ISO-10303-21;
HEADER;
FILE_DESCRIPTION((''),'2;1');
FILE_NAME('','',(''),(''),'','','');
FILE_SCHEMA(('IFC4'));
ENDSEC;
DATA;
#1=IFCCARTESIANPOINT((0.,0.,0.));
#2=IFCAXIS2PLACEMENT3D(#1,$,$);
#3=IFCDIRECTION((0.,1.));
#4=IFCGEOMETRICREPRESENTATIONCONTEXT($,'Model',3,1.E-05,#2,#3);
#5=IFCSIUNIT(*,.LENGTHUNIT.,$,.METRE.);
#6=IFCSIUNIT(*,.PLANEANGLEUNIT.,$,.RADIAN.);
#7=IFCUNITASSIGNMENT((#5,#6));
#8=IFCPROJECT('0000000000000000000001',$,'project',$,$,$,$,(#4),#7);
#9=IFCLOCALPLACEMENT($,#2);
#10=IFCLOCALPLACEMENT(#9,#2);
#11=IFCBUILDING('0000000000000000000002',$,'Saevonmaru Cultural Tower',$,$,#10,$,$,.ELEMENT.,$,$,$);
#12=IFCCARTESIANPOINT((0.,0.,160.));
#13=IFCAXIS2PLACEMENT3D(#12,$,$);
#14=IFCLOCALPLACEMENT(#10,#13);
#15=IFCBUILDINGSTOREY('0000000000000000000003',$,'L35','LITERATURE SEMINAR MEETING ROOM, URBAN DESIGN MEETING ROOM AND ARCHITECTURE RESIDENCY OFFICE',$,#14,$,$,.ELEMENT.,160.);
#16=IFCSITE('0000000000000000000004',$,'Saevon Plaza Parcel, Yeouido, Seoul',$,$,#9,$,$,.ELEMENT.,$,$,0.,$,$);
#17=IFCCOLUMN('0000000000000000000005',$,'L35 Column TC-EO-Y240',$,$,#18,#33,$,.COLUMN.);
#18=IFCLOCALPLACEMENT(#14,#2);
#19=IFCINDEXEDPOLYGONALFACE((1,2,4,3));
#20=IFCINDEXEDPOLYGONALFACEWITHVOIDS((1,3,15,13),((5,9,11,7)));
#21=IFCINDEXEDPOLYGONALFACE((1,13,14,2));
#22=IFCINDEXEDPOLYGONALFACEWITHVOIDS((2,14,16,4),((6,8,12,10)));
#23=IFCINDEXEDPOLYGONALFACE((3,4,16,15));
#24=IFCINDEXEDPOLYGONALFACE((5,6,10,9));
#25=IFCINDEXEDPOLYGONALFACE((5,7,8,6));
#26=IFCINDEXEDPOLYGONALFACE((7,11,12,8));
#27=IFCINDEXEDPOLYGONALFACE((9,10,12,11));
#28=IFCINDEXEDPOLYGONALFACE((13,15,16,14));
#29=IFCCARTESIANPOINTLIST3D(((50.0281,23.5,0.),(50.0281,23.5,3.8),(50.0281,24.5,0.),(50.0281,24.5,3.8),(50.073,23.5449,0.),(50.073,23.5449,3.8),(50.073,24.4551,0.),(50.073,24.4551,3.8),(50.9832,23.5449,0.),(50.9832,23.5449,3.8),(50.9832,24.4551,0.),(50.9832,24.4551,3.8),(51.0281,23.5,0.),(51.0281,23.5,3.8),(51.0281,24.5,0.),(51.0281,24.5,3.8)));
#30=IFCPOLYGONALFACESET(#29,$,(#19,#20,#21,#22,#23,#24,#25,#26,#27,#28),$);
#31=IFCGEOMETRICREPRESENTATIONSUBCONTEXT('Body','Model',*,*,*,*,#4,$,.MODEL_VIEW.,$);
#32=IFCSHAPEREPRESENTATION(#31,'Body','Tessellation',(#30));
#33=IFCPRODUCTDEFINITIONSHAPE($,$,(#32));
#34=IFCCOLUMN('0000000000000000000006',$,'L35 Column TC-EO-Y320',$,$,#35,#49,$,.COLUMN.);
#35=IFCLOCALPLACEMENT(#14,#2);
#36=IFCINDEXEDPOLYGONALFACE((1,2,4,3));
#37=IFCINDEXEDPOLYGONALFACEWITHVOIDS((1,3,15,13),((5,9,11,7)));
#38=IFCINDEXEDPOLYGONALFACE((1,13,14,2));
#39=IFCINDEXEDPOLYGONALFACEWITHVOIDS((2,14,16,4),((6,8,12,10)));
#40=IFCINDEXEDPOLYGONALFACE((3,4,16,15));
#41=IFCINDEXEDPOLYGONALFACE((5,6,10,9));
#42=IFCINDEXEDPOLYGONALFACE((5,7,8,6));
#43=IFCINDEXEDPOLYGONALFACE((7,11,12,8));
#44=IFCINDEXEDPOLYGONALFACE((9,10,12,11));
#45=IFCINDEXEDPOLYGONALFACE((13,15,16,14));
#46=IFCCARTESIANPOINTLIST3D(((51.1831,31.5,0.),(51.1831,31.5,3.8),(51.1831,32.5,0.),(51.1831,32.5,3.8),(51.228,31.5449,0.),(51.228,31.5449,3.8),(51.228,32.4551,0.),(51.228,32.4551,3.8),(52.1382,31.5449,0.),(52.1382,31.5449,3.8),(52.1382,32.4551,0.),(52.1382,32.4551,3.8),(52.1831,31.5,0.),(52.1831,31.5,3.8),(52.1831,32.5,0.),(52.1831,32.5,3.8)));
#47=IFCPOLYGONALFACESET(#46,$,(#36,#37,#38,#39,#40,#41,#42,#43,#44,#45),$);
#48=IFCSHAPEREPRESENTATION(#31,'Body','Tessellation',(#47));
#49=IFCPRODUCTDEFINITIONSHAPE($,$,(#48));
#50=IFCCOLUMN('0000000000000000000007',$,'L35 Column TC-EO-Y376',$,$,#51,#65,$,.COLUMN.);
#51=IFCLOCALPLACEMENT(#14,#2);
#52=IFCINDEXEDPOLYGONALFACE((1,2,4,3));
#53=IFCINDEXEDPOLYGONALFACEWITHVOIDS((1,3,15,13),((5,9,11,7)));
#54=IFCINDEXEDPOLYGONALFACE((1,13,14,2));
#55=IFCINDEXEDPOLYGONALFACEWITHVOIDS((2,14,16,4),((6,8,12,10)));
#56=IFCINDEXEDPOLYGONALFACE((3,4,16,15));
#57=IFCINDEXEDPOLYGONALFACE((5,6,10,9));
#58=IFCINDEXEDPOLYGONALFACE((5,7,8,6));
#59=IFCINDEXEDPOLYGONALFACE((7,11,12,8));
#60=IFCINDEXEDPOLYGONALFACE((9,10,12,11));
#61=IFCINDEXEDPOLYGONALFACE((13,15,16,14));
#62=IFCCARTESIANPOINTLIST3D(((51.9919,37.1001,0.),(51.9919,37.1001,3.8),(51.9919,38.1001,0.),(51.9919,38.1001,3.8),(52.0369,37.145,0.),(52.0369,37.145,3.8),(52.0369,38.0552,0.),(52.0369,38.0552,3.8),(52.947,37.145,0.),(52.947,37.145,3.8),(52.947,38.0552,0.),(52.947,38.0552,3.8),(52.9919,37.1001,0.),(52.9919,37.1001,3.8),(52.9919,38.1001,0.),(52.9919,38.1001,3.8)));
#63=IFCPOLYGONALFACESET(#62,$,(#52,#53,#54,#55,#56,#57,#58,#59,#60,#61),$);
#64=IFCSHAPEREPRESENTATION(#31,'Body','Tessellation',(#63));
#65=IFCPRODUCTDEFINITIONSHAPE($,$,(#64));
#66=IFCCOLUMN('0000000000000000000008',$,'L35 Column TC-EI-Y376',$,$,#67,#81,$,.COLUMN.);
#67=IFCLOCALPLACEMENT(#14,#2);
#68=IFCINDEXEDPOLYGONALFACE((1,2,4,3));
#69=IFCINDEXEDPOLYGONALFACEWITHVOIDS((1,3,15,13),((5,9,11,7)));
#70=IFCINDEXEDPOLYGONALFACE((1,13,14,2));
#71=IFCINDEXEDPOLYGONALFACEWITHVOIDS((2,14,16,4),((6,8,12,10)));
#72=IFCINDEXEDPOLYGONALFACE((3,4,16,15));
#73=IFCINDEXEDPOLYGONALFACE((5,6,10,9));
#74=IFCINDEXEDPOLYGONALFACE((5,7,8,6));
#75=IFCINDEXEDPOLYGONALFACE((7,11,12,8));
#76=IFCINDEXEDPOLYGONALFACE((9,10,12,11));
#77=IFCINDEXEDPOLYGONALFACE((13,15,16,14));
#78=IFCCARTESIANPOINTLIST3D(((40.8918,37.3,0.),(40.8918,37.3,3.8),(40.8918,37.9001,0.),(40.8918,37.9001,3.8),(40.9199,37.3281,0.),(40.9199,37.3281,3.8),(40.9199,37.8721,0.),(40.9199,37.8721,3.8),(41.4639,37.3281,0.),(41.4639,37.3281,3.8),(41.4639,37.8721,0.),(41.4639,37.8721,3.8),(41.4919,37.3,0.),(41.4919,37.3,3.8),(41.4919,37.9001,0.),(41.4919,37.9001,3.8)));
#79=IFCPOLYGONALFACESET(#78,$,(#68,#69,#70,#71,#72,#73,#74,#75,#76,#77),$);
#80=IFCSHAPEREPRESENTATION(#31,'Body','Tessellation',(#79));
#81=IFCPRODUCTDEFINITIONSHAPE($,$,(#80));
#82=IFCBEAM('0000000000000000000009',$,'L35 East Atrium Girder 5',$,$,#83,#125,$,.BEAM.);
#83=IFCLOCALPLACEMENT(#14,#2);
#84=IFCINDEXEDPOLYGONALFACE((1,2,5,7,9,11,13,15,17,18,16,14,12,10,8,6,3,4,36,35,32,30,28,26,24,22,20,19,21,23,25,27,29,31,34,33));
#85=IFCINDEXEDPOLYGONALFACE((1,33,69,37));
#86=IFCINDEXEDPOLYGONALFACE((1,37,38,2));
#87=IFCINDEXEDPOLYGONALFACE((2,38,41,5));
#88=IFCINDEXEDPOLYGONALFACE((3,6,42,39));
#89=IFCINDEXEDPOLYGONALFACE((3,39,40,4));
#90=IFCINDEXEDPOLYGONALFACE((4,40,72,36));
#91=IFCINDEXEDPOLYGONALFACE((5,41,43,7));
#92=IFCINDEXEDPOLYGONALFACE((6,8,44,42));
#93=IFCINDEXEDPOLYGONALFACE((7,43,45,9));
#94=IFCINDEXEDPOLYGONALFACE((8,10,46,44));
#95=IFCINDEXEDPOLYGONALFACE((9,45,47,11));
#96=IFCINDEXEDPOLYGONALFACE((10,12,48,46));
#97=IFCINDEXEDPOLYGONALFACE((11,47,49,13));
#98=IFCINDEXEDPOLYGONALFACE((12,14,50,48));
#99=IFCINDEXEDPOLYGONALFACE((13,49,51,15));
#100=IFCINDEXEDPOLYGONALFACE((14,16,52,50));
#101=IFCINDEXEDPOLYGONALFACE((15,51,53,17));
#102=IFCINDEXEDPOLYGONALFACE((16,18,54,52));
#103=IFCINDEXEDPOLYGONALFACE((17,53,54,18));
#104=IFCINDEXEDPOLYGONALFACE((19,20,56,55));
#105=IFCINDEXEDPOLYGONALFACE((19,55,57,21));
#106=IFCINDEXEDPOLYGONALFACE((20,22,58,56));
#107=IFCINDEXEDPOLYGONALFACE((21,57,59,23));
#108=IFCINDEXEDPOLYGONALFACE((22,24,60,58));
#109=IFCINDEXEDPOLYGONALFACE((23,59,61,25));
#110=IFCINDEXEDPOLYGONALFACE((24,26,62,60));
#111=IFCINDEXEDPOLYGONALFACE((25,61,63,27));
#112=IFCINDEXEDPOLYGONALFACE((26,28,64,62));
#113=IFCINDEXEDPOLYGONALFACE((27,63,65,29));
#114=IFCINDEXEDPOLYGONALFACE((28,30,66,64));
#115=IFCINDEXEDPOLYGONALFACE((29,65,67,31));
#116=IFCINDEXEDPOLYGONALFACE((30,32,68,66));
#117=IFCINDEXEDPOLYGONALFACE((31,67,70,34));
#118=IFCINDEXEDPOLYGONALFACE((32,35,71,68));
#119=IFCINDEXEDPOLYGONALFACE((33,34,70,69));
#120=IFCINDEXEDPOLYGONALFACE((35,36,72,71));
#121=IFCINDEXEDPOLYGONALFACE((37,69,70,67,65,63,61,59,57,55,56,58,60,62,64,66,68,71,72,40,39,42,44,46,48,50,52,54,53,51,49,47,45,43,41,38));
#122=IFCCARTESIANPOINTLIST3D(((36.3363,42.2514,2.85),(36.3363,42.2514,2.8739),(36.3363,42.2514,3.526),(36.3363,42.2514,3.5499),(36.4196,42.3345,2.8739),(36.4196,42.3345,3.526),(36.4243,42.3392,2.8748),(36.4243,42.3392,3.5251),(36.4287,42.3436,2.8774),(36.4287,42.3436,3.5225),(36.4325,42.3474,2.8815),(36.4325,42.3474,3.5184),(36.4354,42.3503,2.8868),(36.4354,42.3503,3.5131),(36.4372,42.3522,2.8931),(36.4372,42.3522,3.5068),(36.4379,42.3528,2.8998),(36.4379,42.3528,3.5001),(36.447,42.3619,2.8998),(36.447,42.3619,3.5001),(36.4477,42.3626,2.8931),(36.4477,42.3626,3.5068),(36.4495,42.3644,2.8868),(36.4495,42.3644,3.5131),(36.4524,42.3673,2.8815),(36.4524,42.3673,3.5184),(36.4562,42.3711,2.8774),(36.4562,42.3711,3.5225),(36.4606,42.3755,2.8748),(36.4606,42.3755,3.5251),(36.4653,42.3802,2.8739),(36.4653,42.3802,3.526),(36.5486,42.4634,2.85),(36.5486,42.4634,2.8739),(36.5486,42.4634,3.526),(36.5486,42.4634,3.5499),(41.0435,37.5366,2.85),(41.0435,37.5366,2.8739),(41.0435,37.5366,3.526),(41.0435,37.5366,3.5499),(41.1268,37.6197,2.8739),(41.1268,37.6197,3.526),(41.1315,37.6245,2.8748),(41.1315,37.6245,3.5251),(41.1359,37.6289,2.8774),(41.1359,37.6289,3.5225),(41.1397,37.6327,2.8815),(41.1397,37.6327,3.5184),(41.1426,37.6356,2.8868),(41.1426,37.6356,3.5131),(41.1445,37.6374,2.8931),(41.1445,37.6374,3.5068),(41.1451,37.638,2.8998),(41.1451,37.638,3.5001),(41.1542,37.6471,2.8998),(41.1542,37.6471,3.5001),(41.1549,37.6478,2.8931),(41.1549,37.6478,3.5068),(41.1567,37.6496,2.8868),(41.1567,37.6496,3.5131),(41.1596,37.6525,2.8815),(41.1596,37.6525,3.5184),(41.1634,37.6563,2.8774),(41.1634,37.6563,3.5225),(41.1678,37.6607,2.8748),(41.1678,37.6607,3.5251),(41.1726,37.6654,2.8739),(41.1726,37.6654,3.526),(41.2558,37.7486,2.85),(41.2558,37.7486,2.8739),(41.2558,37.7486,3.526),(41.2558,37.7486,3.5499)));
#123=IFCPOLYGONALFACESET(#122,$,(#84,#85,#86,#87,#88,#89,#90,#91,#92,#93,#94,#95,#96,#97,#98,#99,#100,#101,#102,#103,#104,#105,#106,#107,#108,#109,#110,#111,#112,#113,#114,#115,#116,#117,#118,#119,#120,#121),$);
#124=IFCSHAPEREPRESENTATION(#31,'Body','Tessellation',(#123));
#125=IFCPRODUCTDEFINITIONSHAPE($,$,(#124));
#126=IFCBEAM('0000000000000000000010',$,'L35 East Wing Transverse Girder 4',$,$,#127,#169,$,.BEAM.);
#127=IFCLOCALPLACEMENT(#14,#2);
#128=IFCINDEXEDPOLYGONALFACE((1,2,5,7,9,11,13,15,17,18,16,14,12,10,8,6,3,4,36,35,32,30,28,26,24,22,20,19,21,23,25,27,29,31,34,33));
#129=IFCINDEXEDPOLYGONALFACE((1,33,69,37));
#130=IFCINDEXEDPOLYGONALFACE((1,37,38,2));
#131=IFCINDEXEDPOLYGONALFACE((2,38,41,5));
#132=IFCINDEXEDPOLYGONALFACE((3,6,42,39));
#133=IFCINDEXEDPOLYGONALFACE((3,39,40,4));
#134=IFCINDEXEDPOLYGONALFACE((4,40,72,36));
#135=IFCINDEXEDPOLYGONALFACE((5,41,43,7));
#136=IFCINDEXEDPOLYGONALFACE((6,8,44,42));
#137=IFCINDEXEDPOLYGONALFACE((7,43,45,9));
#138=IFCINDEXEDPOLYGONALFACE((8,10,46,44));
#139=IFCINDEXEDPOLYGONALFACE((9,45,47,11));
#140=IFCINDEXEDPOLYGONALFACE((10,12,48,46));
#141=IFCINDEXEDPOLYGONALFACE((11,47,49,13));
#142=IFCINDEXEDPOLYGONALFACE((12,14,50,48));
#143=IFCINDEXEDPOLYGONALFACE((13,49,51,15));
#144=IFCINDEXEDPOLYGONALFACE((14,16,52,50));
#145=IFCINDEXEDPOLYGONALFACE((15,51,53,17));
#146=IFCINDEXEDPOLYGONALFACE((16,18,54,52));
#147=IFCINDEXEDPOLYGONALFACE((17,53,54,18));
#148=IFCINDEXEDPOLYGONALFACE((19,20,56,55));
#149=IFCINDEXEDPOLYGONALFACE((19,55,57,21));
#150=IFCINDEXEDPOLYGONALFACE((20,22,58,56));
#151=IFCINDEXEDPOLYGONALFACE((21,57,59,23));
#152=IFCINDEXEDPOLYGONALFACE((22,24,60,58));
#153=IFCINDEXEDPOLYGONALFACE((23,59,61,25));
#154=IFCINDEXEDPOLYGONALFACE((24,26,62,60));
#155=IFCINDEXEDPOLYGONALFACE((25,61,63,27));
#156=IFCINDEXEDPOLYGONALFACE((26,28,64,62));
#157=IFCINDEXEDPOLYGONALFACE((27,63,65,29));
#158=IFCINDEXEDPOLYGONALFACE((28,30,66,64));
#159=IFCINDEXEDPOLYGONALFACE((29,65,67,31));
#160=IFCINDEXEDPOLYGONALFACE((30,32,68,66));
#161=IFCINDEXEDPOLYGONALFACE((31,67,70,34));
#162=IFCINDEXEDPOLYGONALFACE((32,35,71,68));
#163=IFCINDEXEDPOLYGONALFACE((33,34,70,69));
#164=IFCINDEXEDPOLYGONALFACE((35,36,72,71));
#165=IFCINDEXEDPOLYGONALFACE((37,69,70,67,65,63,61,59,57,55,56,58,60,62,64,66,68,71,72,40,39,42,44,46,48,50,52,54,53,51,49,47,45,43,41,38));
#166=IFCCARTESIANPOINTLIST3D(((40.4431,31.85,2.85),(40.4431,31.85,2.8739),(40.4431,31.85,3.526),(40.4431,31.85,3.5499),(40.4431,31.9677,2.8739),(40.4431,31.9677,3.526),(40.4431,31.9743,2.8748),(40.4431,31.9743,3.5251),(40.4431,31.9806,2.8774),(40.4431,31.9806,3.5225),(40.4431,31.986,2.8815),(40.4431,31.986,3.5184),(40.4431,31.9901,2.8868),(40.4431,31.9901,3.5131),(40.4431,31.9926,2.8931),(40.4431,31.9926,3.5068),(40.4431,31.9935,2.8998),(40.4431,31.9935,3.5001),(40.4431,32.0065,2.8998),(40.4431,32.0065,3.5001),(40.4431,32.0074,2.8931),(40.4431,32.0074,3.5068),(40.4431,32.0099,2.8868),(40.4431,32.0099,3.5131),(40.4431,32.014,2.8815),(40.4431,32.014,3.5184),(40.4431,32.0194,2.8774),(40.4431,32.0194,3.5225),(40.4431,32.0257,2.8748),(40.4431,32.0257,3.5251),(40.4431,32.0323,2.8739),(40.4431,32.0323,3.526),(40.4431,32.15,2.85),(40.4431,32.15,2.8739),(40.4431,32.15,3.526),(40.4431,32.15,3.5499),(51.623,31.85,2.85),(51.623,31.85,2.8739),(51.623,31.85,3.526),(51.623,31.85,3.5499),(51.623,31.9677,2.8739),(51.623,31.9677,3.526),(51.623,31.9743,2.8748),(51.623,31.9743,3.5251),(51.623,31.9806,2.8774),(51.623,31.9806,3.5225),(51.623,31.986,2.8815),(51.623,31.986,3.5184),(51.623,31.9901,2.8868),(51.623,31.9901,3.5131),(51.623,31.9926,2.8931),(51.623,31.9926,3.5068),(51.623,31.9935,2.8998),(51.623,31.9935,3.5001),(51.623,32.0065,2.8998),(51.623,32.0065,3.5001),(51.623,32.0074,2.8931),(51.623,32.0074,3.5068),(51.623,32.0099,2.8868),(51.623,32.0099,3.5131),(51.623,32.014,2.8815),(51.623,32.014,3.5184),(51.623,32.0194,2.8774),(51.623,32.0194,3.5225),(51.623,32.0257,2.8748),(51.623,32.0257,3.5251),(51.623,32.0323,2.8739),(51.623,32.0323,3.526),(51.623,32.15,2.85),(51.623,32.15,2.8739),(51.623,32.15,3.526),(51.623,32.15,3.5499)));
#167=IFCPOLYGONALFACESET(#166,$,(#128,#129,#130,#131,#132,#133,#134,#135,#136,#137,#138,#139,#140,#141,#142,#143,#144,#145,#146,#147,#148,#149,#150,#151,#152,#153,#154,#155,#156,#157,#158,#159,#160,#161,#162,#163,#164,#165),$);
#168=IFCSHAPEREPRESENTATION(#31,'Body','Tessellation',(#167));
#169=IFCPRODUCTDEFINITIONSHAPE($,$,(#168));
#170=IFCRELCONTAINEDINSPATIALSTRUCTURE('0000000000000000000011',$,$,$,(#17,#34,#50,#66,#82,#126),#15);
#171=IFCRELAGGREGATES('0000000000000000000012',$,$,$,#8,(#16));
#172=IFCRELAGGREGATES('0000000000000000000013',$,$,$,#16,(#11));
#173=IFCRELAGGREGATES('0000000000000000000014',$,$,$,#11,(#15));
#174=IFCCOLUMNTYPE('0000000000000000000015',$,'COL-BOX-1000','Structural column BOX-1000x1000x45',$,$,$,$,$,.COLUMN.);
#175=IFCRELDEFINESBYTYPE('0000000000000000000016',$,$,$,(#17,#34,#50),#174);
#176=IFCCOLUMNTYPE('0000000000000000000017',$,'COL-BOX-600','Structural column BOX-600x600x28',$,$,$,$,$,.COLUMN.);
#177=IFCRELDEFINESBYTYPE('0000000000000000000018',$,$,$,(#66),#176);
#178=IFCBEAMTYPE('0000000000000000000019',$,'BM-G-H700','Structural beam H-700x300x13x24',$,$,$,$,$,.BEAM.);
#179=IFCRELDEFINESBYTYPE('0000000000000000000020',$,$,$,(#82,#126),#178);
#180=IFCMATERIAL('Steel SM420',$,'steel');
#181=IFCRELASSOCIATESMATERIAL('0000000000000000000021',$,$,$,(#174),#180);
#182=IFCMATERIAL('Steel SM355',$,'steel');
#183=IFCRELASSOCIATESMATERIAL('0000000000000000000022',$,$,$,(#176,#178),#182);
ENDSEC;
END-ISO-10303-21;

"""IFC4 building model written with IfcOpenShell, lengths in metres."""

from ifc_helpers import new_model, si_unit, direction, frame, origin, origin_2d, place, context, subcontext, project, spatial, hollow_rectangle, i_section, extrude, material, material_profile, profile_set, type_object, element, save


model = new_model("IFC4")

# Units and contexts
model_context = context("Model", 3, precision=1e-05, world=origin(), true_north=direction((0.0, 1.0)))
body_context = subcontext(model_context, "Body", "Model", "MODEL_VIEW")
ifc_project = project(units=[si_unit("LENGTHUNIT", "METRE"), si_unit("PLANEANGLEUNIT", "RADIAN")], contexts=[model_context])

# Site, building, storey
site_placement = place(None, origin())
site = spatial("IfcSite", under=ifc_project, at=site_placement, Name="Saevon Plaza Parcel, Yeouido, Seoul", CompositionType="ELEMENT", RefElevation=0.0)
building_placement = place(site_placement, origin())
building = spatial("IfcBuilding", under=site, at=building_placement, Name="Saevonmaru Cultural Tower", CompositionType="ELEMENT")
storey_placement = place(building_placement, frame((0.0, 0.0, 160.0)))
storey = spatial("IfcBuildingStorey", under=building, at=storey_placement, Name="L35", Description="LITERATURE SEMINAR MEETING ROOM, URBAN DESIGN MEETING ROOM AND ARCHITECTURE RESIDENCY OFFICE", CompositionType="ELEMENT", Elevation=160.0)

# Columns
ifc_material_1 = material(Name="Steel SM420", Category="steel")
ifc_material_profile_1 = material_profile(ifc_material_1, hollow_rectangle(XDim=1.0, YDim=1.0, WallThickness=0.0449, at=origin_2d()), Name="BOX-1000x1000x45")
ifc_profile_set_1 = profile_set([ifc_material_profile_1], Name="Steel SM420")
column_type_1 = type_object("IfcColumnType", Name="COL-BOX-1000", Description="Structural column BOX-1000x1000x45", PredefinedType="COLUMN", material=ifc_profile_set_1)
for number, where, z_axis, x_axis, name in (
    (1, (50.5281, 24.0, 0.0), (0.0, 0.0, 1.0), (1.0, 0.0, 0.0), "L35 Column TC-EO-Y240"),
    (2, (51.6831, 32.0, 0.0), (0.0, 0.0, 1.0), (1.0, 0.0, 0.0), "L35 Column TC-EO-Y320"),
    (3, (52.4919, 37.6001, 0.0), (0.0, 0.0, 1.0), (1.0, 0.0, 0.0), "L35 Column TC-EO-Y376"),
):
    element("IfcColumn", number, at=place(storey_placement, frame(where, z_axis=z_axis, x_axis=x_axis)), inside=storey, type_object=column_type_1, Name=name, PredefinedType="COLUMN", context=body_context, shape_type="SweptSolid", body=[
        extrude(hollow_rectangle(XDim=1.0, YDim=1.0, WallThickness=0.0449, at=origin_2d()), origin(), (0.0, 0.0, 1.0), 3.8),
    ])
ifc_material_2 = material(Name="Steel SM355", Category="steel")
ifc_material_profile_2 = material_profile(ifc_material_2, hollow_rectangle(XDim=0.6001, YDim=0.6001, WallThickness=0.0281, at=origin_2d()), Name="BOX-600x600x28")
ifc_profile_set_2 = profile_set([ifc_material_profile_2], Name="Steel SM355")
column_type_2 = type_object("IfcColumnType", Name="COL-BOX-600", Description="Structural column BOX-600x600x28", PredefinedType="COLUMN", material=ifc_profile_set_2)
column_placement = place(storey_placement, frame((41.1919, 37.6001, 0.0), z_axis=(0.0, 0.0, 1.0), x_axis=(1.0, 0.0, 0.0)))
element("IfcColumn", 4, at=column_placement, inside=storey, type_object=column_type_2, Name="L35 Column TC-EI-Y376", PredefinedType="COLUMN", context=body_context, shape_type="SweptSolid", body=[
    extrude(hollow_rectangle(XDim=0.6001, YDim=0.6001, WallThickness=0.0281, at=origin_2d()), origin(), (0.0, 0.0, 1.0), 3.8),
])

# Beams
ifc_material_profile_3 = material_profile(ifc_material_2, i_section(OverallWidth=0.3, OverallDepth=0.7, WebThickness=0.0129, FlangeThickness=0.0239, FilletRadius=0.0259, at=origin_2d()), Name="H-700x300x13x24")
ifc_profile_set_3 = profile_set([ifc_material_profile_3], Name="Steel SM355")
beam_type_1 = type_object("IfcBeamType", Name="BM-G-H700", Description="Structural beam H-700x300x13x24", PredefinedType="BEAM", material=ifc_profile_set_3)
beam_1_placement = place(storey_placement, frame((41.1497, 37.6426, 3.2), z_axis=(-0.706539, 0.707675, 0.0), x_axis=(-0.707675, -0.706539, 0.0)))
element("IfcBeam", 5, at=beam_1_placement, inside=storey, type_object=beam_type_1, Name="L35 East Atrium Girder 5", PredefinedType="BEAM", context=body_context, shape_type="SweptSolid", body=[
    extrude(i_section(OverallWidth=0.3, OverallDepth=0.7, WebThickness=0.0129, FlangeThickness=0.0239, FilletRadius=0.0259, at=origin_2d()), origin(), (0.0, 0.0, 1.0), 6.6624),
])
for number, where, z_axis, x_axis, name in (
    (6, (40.4431, 32.0, 3.2), (1.0, 0.0, 0.0), (0.0, 1.0, 0.0), "L35 East Wing Transverse Girder 4"),
):
    element("IfcBeam", number, at=place(storey_placement, frame(where, z_axis=z_axis, x_axis=x_axis)), inside=storey, type_object=beam_type_1, Name=name, PredefinedType="BEAM", context=body_context, shape_type="SweptSolid", body=[
        extrude(i_section(OverallWidth=0.3, OverallDepth=0.7, WebThickness=0.0129, FlangeThickness=0.0239, FilletRadius=0.0259, at=origin_2d()), origin(), (0.0, 0.0, 1.0), 11.1799),
    ])

save(model, "model.ifc")
